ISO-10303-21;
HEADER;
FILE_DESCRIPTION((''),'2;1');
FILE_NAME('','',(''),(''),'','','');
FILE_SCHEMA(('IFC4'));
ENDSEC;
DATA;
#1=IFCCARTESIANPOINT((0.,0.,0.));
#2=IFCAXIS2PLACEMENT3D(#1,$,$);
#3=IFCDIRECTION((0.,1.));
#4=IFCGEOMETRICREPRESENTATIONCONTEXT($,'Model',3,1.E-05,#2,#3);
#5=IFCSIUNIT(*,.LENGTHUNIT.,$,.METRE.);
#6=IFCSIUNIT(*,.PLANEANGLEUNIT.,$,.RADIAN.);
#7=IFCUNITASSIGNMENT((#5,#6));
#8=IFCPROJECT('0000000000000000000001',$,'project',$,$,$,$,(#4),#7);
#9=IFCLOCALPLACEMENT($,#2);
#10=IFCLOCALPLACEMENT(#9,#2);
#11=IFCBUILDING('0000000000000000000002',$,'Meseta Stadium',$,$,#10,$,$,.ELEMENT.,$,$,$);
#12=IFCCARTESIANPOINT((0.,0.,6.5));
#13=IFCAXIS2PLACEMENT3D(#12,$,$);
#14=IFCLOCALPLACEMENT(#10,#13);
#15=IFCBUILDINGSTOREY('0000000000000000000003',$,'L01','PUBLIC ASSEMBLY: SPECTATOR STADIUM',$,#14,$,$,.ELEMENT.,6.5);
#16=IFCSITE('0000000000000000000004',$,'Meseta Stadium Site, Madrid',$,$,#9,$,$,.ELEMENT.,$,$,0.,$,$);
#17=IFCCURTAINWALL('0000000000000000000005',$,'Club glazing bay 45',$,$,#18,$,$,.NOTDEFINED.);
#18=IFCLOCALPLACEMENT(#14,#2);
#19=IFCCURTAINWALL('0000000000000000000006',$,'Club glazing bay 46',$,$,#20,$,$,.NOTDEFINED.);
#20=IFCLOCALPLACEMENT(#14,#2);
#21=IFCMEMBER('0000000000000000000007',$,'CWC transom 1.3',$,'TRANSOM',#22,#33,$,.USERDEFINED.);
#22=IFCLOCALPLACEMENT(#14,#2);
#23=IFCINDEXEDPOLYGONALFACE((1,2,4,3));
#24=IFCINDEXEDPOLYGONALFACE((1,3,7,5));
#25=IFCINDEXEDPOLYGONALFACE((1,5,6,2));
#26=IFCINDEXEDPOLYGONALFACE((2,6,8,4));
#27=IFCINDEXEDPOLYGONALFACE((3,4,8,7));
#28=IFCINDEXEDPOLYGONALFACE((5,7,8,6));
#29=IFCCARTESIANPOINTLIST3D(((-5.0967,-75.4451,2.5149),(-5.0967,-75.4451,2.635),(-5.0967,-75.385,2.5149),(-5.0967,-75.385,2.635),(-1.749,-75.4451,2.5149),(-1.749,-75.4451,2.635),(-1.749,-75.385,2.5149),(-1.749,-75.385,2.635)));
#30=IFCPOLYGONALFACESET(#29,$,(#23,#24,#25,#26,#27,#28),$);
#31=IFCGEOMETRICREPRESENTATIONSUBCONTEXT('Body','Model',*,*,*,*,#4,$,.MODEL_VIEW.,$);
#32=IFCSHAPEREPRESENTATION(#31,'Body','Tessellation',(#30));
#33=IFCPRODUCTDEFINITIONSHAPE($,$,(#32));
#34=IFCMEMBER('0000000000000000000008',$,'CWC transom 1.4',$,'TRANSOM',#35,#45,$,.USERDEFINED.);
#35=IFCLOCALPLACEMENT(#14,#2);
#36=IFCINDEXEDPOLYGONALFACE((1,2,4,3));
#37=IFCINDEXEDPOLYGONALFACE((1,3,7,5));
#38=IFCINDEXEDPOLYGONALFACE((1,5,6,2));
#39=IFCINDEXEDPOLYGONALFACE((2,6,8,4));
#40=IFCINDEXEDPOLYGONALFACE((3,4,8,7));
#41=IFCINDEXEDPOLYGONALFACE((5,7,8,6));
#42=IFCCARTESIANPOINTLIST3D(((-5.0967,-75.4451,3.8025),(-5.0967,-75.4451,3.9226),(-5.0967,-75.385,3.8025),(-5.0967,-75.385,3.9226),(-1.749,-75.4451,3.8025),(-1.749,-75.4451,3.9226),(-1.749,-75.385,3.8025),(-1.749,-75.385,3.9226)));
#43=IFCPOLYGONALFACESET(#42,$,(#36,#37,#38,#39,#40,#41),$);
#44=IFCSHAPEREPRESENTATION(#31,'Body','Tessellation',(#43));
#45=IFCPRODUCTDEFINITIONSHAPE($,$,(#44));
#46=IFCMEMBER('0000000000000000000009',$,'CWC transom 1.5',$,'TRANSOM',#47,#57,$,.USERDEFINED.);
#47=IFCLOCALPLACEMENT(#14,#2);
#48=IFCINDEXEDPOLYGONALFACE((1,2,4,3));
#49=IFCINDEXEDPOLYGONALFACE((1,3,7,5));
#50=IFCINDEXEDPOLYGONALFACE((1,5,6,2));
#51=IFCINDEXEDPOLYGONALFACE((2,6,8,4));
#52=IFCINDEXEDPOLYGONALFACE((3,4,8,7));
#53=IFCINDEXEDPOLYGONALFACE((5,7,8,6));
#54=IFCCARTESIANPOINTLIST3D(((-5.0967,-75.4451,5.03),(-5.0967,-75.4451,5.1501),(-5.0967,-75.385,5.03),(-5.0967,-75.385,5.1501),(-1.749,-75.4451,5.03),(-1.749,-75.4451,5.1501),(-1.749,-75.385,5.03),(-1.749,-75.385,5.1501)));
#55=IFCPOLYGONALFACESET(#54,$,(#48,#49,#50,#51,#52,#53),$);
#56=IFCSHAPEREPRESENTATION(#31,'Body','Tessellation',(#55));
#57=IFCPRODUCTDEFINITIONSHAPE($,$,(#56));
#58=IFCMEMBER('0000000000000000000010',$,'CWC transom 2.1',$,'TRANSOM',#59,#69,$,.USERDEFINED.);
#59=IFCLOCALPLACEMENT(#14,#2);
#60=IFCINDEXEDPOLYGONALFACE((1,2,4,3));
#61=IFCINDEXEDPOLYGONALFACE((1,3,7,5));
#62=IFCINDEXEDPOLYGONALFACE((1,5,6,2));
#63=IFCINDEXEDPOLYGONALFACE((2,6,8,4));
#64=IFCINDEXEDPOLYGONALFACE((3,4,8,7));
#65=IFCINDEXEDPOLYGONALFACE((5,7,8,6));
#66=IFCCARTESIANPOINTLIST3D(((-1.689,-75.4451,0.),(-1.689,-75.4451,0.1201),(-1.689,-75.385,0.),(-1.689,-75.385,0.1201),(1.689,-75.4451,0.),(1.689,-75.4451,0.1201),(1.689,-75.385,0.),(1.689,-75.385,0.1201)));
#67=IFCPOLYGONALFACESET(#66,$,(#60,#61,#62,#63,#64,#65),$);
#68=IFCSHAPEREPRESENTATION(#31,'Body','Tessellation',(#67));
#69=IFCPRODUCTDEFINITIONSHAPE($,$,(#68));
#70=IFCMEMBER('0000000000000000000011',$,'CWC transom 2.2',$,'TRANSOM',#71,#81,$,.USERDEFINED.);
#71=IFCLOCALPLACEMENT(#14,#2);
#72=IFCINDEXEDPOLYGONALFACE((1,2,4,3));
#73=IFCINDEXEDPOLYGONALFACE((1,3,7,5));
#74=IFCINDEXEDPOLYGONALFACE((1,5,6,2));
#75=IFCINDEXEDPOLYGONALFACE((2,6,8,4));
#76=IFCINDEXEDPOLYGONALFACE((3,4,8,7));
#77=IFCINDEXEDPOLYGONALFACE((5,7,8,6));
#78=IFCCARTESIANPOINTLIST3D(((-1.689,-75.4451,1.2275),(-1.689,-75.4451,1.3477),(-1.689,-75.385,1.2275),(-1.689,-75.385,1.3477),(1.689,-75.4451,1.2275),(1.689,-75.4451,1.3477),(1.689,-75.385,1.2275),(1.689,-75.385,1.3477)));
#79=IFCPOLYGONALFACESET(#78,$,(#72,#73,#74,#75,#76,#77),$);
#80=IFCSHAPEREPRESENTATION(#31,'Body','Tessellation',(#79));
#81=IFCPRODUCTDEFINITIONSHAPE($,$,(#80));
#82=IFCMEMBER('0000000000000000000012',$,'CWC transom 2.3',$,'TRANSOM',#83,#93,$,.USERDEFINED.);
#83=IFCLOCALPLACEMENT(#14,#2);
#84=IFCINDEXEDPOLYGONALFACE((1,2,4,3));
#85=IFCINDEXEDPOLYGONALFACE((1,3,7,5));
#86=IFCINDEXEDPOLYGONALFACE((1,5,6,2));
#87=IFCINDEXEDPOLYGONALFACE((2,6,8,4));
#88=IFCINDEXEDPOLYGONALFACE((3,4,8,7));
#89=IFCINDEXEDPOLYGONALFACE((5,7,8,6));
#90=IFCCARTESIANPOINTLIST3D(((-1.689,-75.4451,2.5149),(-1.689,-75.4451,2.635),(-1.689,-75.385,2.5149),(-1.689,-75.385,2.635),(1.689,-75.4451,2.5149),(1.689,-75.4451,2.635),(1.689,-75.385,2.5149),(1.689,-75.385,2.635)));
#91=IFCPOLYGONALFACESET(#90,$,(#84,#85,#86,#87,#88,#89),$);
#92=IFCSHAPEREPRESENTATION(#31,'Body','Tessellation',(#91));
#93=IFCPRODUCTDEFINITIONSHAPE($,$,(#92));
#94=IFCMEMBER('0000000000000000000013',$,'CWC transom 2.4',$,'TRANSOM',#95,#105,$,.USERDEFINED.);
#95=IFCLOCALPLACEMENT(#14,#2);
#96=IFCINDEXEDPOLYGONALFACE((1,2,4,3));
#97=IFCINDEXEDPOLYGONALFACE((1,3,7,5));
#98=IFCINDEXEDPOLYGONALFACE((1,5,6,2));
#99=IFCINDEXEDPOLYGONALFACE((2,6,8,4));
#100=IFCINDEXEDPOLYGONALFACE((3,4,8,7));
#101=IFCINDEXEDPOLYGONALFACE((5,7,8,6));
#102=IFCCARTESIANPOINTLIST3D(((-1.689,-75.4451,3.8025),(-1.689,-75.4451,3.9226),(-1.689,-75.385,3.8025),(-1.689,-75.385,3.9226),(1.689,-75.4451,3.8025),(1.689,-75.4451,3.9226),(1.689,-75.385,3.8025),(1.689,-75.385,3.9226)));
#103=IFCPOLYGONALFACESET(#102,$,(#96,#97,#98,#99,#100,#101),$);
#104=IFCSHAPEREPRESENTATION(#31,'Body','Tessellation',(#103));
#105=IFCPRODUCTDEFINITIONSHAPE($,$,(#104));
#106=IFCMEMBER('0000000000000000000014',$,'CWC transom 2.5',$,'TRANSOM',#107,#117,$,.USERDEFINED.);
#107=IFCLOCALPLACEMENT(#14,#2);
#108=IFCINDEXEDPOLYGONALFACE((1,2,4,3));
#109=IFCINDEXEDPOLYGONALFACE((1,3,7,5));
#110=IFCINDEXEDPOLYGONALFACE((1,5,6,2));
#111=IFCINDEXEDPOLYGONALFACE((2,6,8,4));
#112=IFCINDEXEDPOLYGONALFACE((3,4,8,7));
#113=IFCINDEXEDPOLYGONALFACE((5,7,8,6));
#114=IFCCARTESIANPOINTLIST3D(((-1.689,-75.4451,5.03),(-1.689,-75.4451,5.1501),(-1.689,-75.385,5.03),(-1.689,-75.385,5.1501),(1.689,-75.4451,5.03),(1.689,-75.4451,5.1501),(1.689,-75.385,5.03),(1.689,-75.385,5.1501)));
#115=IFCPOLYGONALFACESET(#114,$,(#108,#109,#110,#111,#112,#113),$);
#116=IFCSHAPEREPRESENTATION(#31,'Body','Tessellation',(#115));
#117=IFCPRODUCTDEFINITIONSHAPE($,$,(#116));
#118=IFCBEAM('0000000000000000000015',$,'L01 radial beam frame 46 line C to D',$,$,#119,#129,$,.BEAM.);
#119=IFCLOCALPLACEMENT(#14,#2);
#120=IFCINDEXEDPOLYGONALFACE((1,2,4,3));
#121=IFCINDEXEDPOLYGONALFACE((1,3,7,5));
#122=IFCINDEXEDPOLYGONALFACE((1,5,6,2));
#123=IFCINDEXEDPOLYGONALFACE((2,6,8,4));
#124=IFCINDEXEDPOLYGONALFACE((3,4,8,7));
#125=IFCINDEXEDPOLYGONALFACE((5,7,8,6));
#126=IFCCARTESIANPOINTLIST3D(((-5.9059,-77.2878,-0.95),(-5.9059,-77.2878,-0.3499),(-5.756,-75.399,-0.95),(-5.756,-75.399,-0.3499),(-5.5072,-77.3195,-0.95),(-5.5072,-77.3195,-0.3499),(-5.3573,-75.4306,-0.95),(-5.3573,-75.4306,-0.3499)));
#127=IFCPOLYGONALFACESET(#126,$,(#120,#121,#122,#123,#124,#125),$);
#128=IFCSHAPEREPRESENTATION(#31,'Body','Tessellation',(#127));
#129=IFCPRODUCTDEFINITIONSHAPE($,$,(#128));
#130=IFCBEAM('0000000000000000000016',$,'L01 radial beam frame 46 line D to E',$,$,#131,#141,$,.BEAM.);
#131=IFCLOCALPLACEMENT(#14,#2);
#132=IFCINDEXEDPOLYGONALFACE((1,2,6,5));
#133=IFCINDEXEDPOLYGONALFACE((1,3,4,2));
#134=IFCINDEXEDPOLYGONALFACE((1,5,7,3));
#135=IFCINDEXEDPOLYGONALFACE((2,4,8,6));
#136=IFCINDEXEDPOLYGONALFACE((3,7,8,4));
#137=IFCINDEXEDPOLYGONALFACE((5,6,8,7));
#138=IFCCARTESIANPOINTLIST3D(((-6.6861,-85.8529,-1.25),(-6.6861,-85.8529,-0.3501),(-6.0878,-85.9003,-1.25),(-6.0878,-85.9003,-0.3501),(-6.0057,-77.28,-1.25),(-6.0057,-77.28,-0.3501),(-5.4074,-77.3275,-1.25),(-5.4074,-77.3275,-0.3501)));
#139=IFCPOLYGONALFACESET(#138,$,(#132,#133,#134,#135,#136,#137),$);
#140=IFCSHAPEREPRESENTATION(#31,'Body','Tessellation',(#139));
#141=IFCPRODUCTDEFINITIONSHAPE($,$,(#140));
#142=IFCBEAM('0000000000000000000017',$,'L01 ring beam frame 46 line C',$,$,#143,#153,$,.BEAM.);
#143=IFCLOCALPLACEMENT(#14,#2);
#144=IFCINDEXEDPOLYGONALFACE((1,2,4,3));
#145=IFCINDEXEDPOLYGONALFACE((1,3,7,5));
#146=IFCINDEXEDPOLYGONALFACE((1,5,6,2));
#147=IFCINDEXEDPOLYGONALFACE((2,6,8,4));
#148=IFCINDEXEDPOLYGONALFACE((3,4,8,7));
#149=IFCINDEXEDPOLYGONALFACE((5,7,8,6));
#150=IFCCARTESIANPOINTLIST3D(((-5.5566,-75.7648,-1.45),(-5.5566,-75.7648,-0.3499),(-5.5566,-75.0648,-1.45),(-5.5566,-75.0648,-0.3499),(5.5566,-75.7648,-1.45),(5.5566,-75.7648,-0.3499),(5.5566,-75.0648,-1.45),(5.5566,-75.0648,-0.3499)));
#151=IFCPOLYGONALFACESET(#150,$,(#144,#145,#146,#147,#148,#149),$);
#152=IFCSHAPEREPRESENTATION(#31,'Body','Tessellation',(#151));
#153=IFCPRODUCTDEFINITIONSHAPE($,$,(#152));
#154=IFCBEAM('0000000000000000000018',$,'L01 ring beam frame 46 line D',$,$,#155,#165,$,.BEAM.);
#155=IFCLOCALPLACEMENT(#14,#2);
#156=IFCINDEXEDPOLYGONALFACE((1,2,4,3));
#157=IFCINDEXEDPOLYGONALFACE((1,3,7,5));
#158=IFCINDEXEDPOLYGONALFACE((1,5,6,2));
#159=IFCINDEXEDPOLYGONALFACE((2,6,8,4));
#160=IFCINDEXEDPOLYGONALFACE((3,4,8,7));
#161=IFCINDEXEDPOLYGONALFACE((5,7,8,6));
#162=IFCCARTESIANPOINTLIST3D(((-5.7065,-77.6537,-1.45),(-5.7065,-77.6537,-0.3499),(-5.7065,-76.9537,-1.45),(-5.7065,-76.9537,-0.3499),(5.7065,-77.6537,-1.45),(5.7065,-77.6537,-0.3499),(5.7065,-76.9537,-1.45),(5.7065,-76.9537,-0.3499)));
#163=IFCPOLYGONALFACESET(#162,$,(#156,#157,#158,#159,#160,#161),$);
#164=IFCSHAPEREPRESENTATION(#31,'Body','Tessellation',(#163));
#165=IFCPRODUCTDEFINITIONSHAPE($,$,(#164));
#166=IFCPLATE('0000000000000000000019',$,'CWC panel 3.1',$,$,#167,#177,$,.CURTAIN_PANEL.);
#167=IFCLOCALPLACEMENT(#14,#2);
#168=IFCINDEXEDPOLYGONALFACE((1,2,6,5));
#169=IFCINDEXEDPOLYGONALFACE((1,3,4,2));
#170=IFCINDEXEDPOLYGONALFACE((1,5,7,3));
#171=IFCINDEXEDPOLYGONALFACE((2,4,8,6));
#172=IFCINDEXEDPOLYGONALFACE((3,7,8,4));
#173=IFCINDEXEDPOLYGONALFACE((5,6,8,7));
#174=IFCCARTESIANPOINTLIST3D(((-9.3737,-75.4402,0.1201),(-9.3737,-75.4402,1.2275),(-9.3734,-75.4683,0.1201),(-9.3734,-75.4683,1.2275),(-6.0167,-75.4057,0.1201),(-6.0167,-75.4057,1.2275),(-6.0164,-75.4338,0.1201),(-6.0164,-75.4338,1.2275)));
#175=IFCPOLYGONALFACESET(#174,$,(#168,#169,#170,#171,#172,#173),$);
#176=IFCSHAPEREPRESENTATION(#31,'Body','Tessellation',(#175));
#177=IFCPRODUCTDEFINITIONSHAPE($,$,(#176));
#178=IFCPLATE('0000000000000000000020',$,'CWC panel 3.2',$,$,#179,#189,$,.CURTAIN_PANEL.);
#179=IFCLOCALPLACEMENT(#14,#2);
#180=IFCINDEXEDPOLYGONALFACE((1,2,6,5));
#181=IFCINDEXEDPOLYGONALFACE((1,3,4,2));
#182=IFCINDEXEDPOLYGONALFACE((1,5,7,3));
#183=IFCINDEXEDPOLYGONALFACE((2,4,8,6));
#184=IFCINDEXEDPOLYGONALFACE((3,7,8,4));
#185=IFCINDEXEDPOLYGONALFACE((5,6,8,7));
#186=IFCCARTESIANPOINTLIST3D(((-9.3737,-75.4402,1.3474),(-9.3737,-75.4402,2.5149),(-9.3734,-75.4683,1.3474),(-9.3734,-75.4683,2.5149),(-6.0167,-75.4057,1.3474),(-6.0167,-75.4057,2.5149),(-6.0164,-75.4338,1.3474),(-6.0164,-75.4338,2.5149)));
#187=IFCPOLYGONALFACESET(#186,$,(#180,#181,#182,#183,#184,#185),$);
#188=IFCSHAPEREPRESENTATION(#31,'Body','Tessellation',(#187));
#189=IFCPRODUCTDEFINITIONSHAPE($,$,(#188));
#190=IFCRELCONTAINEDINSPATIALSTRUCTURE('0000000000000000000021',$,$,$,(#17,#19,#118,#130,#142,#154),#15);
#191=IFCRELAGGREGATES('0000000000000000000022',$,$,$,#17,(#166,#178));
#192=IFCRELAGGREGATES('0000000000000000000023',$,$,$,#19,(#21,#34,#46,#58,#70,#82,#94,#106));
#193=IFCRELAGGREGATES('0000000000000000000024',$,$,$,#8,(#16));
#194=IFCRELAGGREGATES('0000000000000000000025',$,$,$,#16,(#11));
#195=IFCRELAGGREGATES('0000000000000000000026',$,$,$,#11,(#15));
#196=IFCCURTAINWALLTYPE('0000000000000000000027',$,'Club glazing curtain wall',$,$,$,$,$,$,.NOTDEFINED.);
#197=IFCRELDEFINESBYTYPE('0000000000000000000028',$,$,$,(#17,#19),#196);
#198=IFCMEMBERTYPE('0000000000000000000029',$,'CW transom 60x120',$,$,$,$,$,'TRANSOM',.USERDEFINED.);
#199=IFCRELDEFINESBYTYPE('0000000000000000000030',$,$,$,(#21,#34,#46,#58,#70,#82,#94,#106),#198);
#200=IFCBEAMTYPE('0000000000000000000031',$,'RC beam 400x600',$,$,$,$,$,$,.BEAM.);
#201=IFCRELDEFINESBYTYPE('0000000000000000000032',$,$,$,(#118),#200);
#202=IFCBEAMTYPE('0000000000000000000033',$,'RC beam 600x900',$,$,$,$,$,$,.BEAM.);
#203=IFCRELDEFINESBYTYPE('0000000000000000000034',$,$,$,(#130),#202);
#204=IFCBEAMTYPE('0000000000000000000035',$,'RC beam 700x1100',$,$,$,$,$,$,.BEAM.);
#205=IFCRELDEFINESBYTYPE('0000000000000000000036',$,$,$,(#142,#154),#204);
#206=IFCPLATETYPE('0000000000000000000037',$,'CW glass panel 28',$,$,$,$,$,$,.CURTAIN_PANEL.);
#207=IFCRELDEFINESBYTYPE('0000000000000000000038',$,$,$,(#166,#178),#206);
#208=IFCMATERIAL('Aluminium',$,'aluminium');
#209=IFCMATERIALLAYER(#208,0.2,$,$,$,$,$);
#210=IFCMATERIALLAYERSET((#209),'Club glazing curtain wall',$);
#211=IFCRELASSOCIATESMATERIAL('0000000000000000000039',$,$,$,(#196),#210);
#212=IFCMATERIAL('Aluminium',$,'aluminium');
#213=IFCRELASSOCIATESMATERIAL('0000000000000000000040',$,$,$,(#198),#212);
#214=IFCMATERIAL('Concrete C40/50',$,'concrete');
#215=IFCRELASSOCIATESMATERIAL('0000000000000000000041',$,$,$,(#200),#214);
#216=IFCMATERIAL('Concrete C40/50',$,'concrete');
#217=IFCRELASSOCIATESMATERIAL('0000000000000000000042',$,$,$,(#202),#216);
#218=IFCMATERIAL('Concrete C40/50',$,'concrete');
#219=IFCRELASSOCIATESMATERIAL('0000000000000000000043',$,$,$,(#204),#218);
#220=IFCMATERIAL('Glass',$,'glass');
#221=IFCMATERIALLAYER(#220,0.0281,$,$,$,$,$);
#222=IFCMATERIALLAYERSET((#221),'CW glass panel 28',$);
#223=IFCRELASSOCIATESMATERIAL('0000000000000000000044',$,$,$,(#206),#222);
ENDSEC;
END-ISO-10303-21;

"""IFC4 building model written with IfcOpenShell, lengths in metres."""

from ifc_helpers import new_model, si_unit, direction, frame, origin, origin_2d, place, context, subcontext, project, spatial, rectangle, extrude, material, layer, layer_set, material_profile, profile_set, type_object, element, aggregate, save


model = new_model("IFC4")

# Units and contexts
model_context = context("Model", 3, precision=1e-05, world=origin(), true_north=direction((0.0, 1.0)))
body_context = subcontext(model_context, "Body", "Model", "MODEL_VIEW")
ifc_project = project(units=[si_unit("LENGTHUNIT", "METRE"), si_unit("PLANEANGLEUNIT", "RADIAN")], contexts=[model_context])

# Site, building, storey
site_placement = place(None, origin())
site = spatial("IfcSite", under=ifc_project, at=site_placement, Name="Meseta Stadium Site, Madrid", CompositionType="ELEMENT", RefElevation=0.0)
building_placement = place(site_placement, origin())
building = spatial("IfcBuilding", under=site, at=building_placement, Name="Meseta Stadium", CompositionType="ELEMENT")
storey_placement = place(building_placement, frame((0.0, 0.0, 6.5)))
storey = spatial("IfcBuildingStorey", under=building, at=storey_placement, Name="L01", Description="PUBLIC ASSEMBLY: SPECTATOR STADIUM", CompositionType="ELEMENT", Elevation=6.5)

# Curtain walls
ifc_material_1 = material(Name="Aluminium", Category="aluminium")
ifc_layer_1 = layer(ifc_material_1, 0.2)
ifc_layer_set_1 = layer_set([ifc_layer_1], Name="Club glazing curtain wall")
curtain_wall_type = type_object("IfcCurtainWallType", Name="Club glazing curtain wall", PredefinedType="NOTDEFINED", material=ifc_layer_set_1)
curtain_wall_1_placement = place(storey_placement, origin())
curtain_wall_1 = element("IfcCurtainWall", 1, at=curtain_wall_1_placement, inside=storey, type_object=curtain_wall_type, Name="Club glazing bay 45", PredefinedType="NOTDEFINED")
curtain_wall_2_placement = place(storey_placement, origin())
curtain_wall_2 = element("IfcCurtainWall", 2, at=curtain_wall_2_placement, inside=storey, type_object=curtain_wall_type, Name="Club glazing bay 46", PredefinedType="NOTDEFINED")

# Members
ifc_material_2 = material(Name="Aluminium", Category="aluminium")
ifc_material_profile_1 = material_profile(ifc_material_2, rectangle(XDim=0.0601, YDim=0.1201, at=origin_2d()), Name="CW 60x120")
ifc_profile_set_1 = profile_set([ifc_material_profile_1], Name="Aluminium")
member_type_1 = type_object("IfcMemberType", Name="CW transom 60x120", ElementType="TRANSOM", PredefinedType="USERDEFINED", material=ifc_profile_set_1)
member_1_placement = place(storey_placement, frame((-5.0967, -75.415, 2.575), z_axis=(1.0, 0.0, 0.0), x_axis=(0.0, 1.0, 0.0)))
member_1 = element("IfcMember", 3, at=member_1_placement, type_object=member_type_1, Name="CWC transom 1.3", ObjectType="TRANSOM", PredefinedType="USERDEFINED", context=body_context, shape_type="SweptSolid", body=[
    extrude(rectangle(XDim=0.0601, YDim=0.1201, at=origin_2d()), origin(), (0.0, 0.0, 1.0), 3.3477),
])
member_2_placement = place(storey_placement, frame((-5.0967, -75.415, 3.8625), z_axis=(1.0, 0.0, 0.0), x_axis=(0.0, 1.0, 0.0)))
member_2 = element("IfcMember", 4, at=member_2_placement, type_object=member_type_1, Name="CWC transom 1.4", ObjectType="TRANSOM", PredefinedType="USERDEFINED", context=body_context, shape_type="SweptSolid", body=[
    extrude(rectangle(XDim=0.0601, YDim=0.1201, at=origin_2d()), origin(), (0.0, 0.0, 1.0), 3.3477),
])
member_3_placement = place(storey_placement, frame((-5.0967, -75.415, 5.0901), z_axis=(1.0, 0.0, 0.0), x_axis=(0.0, 1.0, 0.0)))
member_3 = element("IfcMember", 5, at=member_3_placement, type_object=member_type_1, Name="CWC transom 1.5", ObjectType="TRANSOM", PredefinedType="USERDEFINED", context=body_context, shape_type="SweptSolid", body=[
    extrude(rectangle(XDim=0.0601, YDim=0.1201, at=origin_2d()), origin(), (0.0, 0.0, 1.0), 3.3477),
])
member_4_placement = place(storey_placement, frame((-1.689, -75.415, 0.0601), z_axis=(1.0, 0.0, 0.0), x_axis=(0.0, 1.0, 0.0)))
member_4 = element("IfcMember", 6, at=member_4_placement, type_object=member_type_1, Name="CWC transom 2.1", ObjectType="TRANSOM", PredefinedType="USERDEFINED", context=body_context, shape_type="SweptSolid", body=[
    extrude(rectangle(XDim=0.0601, YDim=0.1201, at=origin_2d()), origin(), (0.0, 0.0, 1.0), 3.3779),
])
member_5_placement = place(storey_placement, frame((-1.689, -75.415, 1.2876), z_axis=(1.0, 0.0, 0.0), x_axis=(0.0, 1.0, 0.0)))
member_5 = element("IfcMember", 7, at=member_5_placement, type_object=member_type_1, Name="CWC transom 2.2", ObjectType="TRANSOM", PredefinedType="USERDEFINED", context=body_context, shape_type="SweptSolid", body=[
    extrude(rectangle(XDim=0.0601, YDim=0.1201, at=origin_2d()), origin(), (0.0, 0.0, 1.0), 3.3779),
])
member_6_placement = place(storey_placement, frame((-1.689, -75.415, 2.575), z_axis=(1.0, 0.0, 0.0), x_axis=(0.0, 1.0, 0.0)))
member_6 = element("IfcMember", 8, at=member_6_placement, type_object=member_type_1, Name="CWC transom 2.3", ObjectType="TRANSOM", PredefinedType="USERDEFINED", context=body_context, shape_type="SweptSolid", body=[
    extrude(rectangle(XDim=0.0601, YDim=0.1201, at=origin_2d()), origin(), (0.0, 0.0, 1.0), 3.3779),
])
member_7_placement = place(storey_placement, frame((-1.689, -75.415, 3.8625), z_axis=(1.0, 0.0, 0.0), x_axis=(0.0, 1.0, 0.0)))
member_7 = element("IfcMember", 9, at=member_7_placement, type_object=member_type_1, Name="CWC transom 2.4", ObjectType="TRANSOM", PredefinedType="USERDEFINED", context=body_context, shape_type="SweptSolid", body=[
    extrude(rectangle(XDim=0.0601, YDim=0.1201, at=origin_2d()), origin(), (0.0, 0.0, 1.0), 3.3779),
])
member_8_placement = place(storey_placement, frame((-1.689, -75.415, 5.0901), z_axis=(1.0, 0.0, 0.0), x_axis=(0.0, 1.0, 0.0)))
member_8 = element("IfcMember", 10, at=member_8_placement, type_object=member_type_1, Name="CWC transom 2.5", ObjectType="TRANSOM", PredefinedType="USERDEFINED", context=body_context, shape_type="SweptSolid", body=[
    extrude(rectangle(XDim=0.0601, YDim=0.1201, at=origin_2d()), origin(), (0.0, 0.0, 1.0), 3.3779),
])

# Beams
ifc_material_3 = material(Name="Concrete C40/50", Category="concrete")
ifc_material_profile_2 = material_profile(ifc_material_3, rectangle(XDim=0.3999, YDim=0.6001, at=origin_2d()), Name="RC 400x600")
ifc_profile_set_2 = profile_set([ifc_material_profile_2], Name="Concrete C40/50")
beam_type_1 = type_object("IfcBeamType", Name="RC beam 400x600", PredefinedType="BEAM", material=ifc_profile_set_2)
beam_1_placement = place(storey_placement, frame((-5.5566, -75.4148, -0.6499), z_axis=(-0.07911, -0.996866, 0.0), x_axis=(0.996866, -0.07911, 0.0)))
element("IfcBeam", 11, at=beam_1_placement, inside=storey, type_object=beam_type_1, Name="L01 radial beam frame 46 line C to D", PredefinedType="BEAM", context=body_context, shape_type="SweptSolid", body=[
    extrude(rectangle(XDim=0.3999, YDim=0.6001, at=origin_2d()), origin(), (0.0, 0.0, 1.0), 1.8948),
])
ifc_material_4 = material(Name="Concrete C40/50", Category="concrete")
ifc_material_profile_3 = material_profile(ifc_material_4, rectangle(XDim=0.6001, YDim=0.8999, at=origin_2d()), Name="RC 600x900")
ifc_profile_set_3 = profile_set([ifc_material_profile_3], Name="Concrete C40/50")
beam_type_2 = type_object("IfcBeamType", Name="RC beam 600x900", PredefinedType="BEAM", material=ifc_profile_set_3)
beam_2_placement = place(storey_placement, frame((-5.7065, -77.3037, -0.8), z_axis=(-0.079119, -0.996865, 0.0), x_axis=(0.996865, -0.079119, 0.0)))
element("IfcBeam", 12, at=beam_2_placement, inside=storey, type_object=beam_type_2, Name="L01 radial beam frame 46 line D to E", PredefinedType="BEAM", context=body_context, shape_type="SweptSolid", body=[
    extrude(rectangle(XDim=0.6001, YDim=0.8999, at=origin_2d()), origin(), (0.0, 0.0, 1.0), 8.5999),
])
ifc_material_5 = material(Name="Concrete C40/50", Category="concrete")
ifc_material_profile_4 = material_profile(ifc_material_5, rectangle(XDim=0.7, YDim=1.1001, at=origin_2d()), Name="RC 700x1100")
ifc_profile_set_4 = profile_set([ifc_material_profile_4], Name="Concrete C40/50")
beam_type_3 = type_object("IfcBeamType", Name="RC beam 700x1100", PredefinedType="BEAM", material=ifc_profile_set_4)
beam_3_placement = place(storey_placement, frame((-5.5566, -75.4148, -0.8999), z_axis=(1.0, 0.0, 0.0), x_axis=(0.0, 1.0, 0.0)))
element("IfcBeam", 13, at=beam_3_placement, inside=storey, type_object=beam_type_3, Name="L01 ring beam frame 46 line C", PredefinedType="BEAM", context=body_context, shape_type="SweptSolid", body=[
    extrude(rectangle(XDim=0.7, YDim=1.1001, at=origin_2d()), origin(), (0.0, 0.0, 1.0), 11.1133),
])
beam_4_placement = place(storey_placement, frame((-5.7065, -77.3037, -0.8999), z_axis=(1.0, 0.0, 0.0), x_axis=(0.0, 1.0, 0.0)))
element("IfcBeam", 14, at=beam_4_placement, inside=storey, type_object=beam_type_3, Name="L01 ring beam frame 46 line D", PredefinedType="BEAM", context=body_context, shape_type="SweptSolid", body=[
    extrude(rectangle(XDim=0.7, YDim=1.1001, at=origin_2d()), origin(), (0.0, 0.0, 1.0), 11.4131),
])

# Plates
ifc_material_6 = material(Name="Glass", Category="glass")
ifc_layer_2 = layer(ifc_material_6, 0.0281)
ifc_layer_set_2 = layer_set([ifc_layer_2], Name="CW glass panel 28")
plate_type = type_object("IfcPlateType", Name="CW glass panel 28", PredefinedType="CURTAIN_PANEL", material=ifc_layer_set_2)
plate_1_placement = place(storey_placement, frame((-7.6951, -75.437, 0.1201), z_axis=(0.0, 0.0, 1.0), x_axis=(0.999947, 0.010279, 0.0)))
plate_1 = element("IfcPlate", 15, at=plate_1_placement, type_object=plate_type, Name="CWC panel 3.1", PredefinedType="CURTAIN_PANEL", context=body_context, shape_type="SweptSolid", body=[
    extrude(rectangle(XDim=3.3572, YDim=0.0281, at=origin_2d()), origin(), (0.0, 0.0, 1.0), 1.1074),
])
plate_2_placement = place(storey_placement, frame((-7.6951, -75.437, 1.3474), z_axis=(0.0, 0.0, 1.0), x_axis=(0.999947, 0.010279, 0.0)))
plate_2 = element("IfcPlate", 16, at=plate_2_placement, type_object=plate_type, Name="CWC panel 3.2", PredefinedType="CURTAIN_PANEL", context=body_context, shape_type="SweptSolid", body=[
    extrude(rectangle(XDim=3.3572, YDim=0.0281, at=origin_2d()), origin(), (0.0, 0.0, 1.0), 1.1675),
])
aggregate(curtain_wall_1, [plate_1, plate_2])
aggregate(curtain_wall_2, [member_1, member_2, member_3, member_4, member_5, member_6, member_7, member_8])

save(model, "model.ifc")
